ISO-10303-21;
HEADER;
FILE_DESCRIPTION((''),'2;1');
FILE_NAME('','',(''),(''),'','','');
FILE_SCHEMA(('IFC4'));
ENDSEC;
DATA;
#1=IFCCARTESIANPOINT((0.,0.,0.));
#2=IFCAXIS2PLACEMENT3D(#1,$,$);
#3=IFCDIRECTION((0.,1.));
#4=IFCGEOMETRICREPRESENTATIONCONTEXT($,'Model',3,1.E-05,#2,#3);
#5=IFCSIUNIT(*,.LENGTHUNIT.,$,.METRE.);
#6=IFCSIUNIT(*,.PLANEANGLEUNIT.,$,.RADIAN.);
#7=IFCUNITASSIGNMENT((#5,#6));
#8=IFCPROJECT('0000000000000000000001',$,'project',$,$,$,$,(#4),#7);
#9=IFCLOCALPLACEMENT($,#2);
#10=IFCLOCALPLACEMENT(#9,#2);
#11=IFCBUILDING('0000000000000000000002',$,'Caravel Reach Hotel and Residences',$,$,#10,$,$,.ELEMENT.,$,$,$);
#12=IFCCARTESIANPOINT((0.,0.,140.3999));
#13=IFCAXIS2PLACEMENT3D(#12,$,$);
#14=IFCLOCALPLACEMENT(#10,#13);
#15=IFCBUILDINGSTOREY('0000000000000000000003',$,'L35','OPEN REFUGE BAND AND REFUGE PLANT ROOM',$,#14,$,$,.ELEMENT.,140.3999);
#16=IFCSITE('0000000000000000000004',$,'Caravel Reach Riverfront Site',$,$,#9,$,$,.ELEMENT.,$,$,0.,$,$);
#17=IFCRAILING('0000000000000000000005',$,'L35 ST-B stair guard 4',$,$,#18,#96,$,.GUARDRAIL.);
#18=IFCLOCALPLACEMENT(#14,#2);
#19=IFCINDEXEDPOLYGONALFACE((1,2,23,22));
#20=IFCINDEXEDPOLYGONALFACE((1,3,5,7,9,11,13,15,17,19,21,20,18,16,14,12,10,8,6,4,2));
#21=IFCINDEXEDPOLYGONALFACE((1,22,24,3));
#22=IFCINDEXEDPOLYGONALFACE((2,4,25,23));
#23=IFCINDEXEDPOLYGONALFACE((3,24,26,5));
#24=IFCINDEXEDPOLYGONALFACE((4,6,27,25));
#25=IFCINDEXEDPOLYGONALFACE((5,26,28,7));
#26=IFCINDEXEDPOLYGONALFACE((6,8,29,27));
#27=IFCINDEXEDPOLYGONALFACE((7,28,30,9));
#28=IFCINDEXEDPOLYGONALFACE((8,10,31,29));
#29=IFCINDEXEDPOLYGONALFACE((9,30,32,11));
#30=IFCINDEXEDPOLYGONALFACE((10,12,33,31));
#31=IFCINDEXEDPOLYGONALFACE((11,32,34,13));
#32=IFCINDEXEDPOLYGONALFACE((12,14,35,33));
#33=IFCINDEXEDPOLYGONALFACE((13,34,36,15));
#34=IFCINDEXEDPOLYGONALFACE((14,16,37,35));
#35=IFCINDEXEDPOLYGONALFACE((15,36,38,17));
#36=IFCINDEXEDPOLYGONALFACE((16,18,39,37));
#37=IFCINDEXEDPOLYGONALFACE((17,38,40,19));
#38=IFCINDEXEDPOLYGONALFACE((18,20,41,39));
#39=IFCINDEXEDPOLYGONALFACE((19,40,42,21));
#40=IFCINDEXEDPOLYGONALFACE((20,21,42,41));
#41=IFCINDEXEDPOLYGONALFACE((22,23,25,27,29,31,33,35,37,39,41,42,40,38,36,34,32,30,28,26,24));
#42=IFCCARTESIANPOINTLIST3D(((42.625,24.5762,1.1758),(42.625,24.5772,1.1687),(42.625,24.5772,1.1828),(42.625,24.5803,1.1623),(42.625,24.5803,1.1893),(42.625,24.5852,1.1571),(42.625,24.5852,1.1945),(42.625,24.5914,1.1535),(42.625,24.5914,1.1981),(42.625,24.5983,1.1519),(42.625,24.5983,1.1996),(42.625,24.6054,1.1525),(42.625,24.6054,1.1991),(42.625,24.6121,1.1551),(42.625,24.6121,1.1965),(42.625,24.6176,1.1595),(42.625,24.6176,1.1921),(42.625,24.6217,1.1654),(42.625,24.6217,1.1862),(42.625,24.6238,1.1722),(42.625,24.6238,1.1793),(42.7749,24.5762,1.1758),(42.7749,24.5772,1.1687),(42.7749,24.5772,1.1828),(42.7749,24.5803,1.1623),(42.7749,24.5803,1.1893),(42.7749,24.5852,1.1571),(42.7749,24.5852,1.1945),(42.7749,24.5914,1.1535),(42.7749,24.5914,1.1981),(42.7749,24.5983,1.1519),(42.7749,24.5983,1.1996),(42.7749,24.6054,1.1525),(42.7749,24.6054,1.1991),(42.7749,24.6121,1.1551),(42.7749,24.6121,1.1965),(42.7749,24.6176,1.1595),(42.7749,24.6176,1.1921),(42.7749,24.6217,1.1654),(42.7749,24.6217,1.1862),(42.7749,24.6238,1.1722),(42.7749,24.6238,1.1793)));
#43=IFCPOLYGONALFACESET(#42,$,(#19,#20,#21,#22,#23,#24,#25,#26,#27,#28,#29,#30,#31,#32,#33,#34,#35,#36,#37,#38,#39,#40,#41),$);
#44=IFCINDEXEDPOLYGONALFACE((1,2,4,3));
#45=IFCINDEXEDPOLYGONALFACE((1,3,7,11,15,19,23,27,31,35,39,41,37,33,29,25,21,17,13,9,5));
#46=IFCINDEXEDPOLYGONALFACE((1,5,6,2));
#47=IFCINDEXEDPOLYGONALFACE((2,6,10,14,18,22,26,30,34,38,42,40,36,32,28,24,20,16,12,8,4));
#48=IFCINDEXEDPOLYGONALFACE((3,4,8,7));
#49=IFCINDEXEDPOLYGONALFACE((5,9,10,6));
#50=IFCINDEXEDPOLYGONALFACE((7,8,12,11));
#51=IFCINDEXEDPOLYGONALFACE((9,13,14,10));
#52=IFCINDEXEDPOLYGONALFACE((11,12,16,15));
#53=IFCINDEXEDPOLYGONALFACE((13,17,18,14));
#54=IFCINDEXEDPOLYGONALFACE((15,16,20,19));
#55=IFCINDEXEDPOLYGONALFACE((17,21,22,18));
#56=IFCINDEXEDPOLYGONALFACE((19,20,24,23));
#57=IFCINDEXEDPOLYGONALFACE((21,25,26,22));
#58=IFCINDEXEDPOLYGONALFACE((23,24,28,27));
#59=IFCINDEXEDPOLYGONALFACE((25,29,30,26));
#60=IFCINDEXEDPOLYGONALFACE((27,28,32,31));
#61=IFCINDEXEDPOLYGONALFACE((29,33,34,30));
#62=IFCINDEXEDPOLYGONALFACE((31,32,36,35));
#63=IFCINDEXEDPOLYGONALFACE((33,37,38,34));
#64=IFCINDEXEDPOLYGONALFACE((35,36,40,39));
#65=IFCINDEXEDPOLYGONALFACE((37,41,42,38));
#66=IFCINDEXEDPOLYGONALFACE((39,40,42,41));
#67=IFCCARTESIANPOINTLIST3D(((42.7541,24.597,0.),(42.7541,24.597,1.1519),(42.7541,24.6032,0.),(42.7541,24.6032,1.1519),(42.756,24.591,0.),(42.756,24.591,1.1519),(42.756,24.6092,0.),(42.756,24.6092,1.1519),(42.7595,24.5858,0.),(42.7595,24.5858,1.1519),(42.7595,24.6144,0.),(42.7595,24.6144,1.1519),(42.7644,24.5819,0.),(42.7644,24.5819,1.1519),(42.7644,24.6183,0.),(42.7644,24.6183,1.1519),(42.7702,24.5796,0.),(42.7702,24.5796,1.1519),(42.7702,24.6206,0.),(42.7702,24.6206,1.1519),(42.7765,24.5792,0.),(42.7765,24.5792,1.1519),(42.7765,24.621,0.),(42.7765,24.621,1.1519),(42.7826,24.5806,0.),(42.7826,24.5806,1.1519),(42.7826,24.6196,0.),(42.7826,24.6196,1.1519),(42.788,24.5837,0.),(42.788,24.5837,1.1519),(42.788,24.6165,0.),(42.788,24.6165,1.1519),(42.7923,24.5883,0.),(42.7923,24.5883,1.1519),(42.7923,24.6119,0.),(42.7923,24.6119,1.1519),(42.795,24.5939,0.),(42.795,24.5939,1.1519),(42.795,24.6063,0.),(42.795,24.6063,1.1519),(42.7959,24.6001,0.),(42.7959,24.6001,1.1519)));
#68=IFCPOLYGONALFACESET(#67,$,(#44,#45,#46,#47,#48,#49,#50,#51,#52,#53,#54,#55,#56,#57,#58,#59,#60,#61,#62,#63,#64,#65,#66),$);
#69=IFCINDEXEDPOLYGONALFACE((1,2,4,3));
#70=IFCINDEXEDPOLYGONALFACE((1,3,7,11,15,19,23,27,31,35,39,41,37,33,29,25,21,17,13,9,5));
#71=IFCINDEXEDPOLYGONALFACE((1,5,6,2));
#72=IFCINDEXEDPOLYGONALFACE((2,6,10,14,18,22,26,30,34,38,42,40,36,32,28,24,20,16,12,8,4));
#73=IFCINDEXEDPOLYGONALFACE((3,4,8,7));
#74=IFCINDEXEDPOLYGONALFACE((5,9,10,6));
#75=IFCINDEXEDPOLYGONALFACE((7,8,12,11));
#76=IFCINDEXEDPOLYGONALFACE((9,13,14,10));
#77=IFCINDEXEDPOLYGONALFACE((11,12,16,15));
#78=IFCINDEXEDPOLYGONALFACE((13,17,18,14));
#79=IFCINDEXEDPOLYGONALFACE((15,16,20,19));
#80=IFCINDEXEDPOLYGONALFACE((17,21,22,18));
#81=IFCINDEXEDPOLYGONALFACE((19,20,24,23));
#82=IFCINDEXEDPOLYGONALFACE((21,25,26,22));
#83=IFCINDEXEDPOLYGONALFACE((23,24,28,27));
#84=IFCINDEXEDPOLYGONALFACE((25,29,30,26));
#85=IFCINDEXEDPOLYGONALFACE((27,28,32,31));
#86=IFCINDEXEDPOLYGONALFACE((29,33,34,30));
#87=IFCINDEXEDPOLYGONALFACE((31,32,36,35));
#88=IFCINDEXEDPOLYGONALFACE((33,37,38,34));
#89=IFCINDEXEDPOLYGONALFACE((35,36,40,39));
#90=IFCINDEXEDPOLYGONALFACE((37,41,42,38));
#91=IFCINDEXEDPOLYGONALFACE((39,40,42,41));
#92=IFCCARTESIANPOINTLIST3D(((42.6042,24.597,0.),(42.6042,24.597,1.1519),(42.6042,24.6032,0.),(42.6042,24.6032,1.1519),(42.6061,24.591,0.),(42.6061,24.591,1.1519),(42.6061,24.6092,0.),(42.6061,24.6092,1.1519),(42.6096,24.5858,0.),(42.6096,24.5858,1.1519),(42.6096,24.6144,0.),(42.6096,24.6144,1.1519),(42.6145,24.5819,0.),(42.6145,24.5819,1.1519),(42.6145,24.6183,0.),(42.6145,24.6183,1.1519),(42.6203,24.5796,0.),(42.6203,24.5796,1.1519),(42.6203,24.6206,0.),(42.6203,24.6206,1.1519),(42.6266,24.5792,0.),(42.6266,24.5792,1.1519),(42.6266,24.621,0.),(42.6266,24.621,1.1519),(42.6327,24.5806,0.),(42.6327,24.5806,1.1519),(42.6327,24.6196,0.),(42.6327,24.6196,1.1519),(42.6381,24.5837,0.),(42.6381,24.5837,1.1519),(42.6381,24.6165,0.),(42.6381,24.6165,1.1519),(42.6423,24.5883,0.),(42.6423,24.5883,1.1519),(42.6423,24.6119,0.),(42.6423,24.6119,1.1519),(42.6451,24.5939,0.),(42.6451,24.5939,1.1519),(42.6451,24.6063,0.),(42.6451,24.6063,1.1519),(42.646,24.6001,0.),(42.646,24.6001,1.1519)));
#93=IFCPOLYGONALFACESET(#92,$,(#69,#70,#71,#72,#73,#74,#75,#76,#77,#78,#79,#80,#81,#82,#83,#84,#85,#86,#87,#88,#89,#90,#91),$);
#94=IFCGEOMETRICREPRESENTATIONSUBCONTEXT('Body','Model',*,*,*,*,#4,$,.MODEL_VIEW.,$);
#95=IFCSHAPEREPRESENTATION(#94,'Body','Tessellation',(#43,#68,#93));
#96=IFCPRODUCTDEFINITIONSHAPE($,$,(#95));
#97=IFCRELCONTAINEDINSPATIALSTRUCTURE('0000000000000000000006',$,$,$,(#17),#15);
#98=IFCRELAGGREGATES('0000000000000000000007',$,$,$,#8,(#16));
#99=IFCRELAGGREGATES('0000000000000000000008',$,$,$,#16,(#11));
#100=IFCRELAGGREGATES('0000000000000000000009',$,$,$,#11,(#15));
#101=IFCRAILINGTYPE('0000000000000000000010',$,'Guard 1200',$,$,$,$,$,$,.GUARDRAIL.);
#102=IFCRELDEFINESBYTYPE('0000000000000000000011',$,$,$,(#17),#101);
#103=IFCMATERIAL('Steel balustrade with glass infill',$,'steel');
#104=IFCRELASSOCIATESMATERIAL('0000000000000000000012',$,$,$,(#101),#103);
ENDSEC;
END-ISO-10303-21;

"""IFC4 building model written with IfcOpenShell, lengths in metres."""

from ifc_helpers import new_model, si_unit, direction, frame, origin, origin_2d, place, context, subcontext, project, spatial, circle, extrude, material, type_object, element, save


model = new_model("IFC4")

# Units and contexts
model_context = context("Model", 3, precision=1e-05, world=origin(), true_north=direction((0.0, 1.0)))
body_context = subcontext(model_context, "Body", "Model", "MODEL_VIEW")
ifc_project = project(units=[si_unit("LENGTHUNIT", "METRE"), si_unit("PLANEANGLEUNIT", "RADIAN")], contexts=[model_context])

# Site, building, storey
site_placement = place(None, origin())
site = spatial("IfcSite", under=ifc_project, at=site_placement, Name="Caravel Reach Riverfront Site", CompositionType="ELEMENT", RefElevation=0.0)
building_placement = place(site_placement, origin())
building = spatial("IfcBuilding", under=site, at=building_placement, Name="Caravel Reach Hotel and Residences", CompositionType="ELEMENT")
storey_placement = place(building_placement, frame((0.0, 0.0, 140.3999)))
storey = spatial("IfcBuildingStorey", under=building, at=storey_placement, Name="L35", Description="OPEN REFUGE BAND AND REFUGE PLANT ROOM", CompositionType="ELEMENT", Elevation=140.3999)

# Railing
ifc_material_1 = material(Name="Steel balustrade with glass infill", Category="steel")
railing_type_1 = type_object("IfcRailingType", Name="Guard 1200", PredefinedType="GUARDRAIL", material=ifc_material_1)
railing_1_placement = place(storey_placement, frame((42.7749, 24.6001, 0.0)))
element("IfcRailing", 1, at=railing_1_placement, inside=storey, type_object=railing_type_1, Name="L35 ST-B stair guard 4", PredefinedType="GUARDRAIL", context=body_context, shape_type="SweptSolid", body=[
    extrude(circle(Radius=0.0239, at=origin_2d()), frame((0.0, 0.0, 1.1758), z_axis=(-1.0, 0.0, 0.0), x_axis=(0.0, -1.0, 0.0)), (0.0, 0.0, 1.0), 0.1499),
    extrude(circle(Radius=0.021, at=origin_2d()), origin(), (0.0, 0.0, 1.0), 1.1519),
    extrude(circle(Radius=0.021, at=origin_2d()), frame((-0.1499, 0.0, 0.0)), (0.0, 0.0, 1.0), 1.1519),
])

save(model, "model.ifc")
